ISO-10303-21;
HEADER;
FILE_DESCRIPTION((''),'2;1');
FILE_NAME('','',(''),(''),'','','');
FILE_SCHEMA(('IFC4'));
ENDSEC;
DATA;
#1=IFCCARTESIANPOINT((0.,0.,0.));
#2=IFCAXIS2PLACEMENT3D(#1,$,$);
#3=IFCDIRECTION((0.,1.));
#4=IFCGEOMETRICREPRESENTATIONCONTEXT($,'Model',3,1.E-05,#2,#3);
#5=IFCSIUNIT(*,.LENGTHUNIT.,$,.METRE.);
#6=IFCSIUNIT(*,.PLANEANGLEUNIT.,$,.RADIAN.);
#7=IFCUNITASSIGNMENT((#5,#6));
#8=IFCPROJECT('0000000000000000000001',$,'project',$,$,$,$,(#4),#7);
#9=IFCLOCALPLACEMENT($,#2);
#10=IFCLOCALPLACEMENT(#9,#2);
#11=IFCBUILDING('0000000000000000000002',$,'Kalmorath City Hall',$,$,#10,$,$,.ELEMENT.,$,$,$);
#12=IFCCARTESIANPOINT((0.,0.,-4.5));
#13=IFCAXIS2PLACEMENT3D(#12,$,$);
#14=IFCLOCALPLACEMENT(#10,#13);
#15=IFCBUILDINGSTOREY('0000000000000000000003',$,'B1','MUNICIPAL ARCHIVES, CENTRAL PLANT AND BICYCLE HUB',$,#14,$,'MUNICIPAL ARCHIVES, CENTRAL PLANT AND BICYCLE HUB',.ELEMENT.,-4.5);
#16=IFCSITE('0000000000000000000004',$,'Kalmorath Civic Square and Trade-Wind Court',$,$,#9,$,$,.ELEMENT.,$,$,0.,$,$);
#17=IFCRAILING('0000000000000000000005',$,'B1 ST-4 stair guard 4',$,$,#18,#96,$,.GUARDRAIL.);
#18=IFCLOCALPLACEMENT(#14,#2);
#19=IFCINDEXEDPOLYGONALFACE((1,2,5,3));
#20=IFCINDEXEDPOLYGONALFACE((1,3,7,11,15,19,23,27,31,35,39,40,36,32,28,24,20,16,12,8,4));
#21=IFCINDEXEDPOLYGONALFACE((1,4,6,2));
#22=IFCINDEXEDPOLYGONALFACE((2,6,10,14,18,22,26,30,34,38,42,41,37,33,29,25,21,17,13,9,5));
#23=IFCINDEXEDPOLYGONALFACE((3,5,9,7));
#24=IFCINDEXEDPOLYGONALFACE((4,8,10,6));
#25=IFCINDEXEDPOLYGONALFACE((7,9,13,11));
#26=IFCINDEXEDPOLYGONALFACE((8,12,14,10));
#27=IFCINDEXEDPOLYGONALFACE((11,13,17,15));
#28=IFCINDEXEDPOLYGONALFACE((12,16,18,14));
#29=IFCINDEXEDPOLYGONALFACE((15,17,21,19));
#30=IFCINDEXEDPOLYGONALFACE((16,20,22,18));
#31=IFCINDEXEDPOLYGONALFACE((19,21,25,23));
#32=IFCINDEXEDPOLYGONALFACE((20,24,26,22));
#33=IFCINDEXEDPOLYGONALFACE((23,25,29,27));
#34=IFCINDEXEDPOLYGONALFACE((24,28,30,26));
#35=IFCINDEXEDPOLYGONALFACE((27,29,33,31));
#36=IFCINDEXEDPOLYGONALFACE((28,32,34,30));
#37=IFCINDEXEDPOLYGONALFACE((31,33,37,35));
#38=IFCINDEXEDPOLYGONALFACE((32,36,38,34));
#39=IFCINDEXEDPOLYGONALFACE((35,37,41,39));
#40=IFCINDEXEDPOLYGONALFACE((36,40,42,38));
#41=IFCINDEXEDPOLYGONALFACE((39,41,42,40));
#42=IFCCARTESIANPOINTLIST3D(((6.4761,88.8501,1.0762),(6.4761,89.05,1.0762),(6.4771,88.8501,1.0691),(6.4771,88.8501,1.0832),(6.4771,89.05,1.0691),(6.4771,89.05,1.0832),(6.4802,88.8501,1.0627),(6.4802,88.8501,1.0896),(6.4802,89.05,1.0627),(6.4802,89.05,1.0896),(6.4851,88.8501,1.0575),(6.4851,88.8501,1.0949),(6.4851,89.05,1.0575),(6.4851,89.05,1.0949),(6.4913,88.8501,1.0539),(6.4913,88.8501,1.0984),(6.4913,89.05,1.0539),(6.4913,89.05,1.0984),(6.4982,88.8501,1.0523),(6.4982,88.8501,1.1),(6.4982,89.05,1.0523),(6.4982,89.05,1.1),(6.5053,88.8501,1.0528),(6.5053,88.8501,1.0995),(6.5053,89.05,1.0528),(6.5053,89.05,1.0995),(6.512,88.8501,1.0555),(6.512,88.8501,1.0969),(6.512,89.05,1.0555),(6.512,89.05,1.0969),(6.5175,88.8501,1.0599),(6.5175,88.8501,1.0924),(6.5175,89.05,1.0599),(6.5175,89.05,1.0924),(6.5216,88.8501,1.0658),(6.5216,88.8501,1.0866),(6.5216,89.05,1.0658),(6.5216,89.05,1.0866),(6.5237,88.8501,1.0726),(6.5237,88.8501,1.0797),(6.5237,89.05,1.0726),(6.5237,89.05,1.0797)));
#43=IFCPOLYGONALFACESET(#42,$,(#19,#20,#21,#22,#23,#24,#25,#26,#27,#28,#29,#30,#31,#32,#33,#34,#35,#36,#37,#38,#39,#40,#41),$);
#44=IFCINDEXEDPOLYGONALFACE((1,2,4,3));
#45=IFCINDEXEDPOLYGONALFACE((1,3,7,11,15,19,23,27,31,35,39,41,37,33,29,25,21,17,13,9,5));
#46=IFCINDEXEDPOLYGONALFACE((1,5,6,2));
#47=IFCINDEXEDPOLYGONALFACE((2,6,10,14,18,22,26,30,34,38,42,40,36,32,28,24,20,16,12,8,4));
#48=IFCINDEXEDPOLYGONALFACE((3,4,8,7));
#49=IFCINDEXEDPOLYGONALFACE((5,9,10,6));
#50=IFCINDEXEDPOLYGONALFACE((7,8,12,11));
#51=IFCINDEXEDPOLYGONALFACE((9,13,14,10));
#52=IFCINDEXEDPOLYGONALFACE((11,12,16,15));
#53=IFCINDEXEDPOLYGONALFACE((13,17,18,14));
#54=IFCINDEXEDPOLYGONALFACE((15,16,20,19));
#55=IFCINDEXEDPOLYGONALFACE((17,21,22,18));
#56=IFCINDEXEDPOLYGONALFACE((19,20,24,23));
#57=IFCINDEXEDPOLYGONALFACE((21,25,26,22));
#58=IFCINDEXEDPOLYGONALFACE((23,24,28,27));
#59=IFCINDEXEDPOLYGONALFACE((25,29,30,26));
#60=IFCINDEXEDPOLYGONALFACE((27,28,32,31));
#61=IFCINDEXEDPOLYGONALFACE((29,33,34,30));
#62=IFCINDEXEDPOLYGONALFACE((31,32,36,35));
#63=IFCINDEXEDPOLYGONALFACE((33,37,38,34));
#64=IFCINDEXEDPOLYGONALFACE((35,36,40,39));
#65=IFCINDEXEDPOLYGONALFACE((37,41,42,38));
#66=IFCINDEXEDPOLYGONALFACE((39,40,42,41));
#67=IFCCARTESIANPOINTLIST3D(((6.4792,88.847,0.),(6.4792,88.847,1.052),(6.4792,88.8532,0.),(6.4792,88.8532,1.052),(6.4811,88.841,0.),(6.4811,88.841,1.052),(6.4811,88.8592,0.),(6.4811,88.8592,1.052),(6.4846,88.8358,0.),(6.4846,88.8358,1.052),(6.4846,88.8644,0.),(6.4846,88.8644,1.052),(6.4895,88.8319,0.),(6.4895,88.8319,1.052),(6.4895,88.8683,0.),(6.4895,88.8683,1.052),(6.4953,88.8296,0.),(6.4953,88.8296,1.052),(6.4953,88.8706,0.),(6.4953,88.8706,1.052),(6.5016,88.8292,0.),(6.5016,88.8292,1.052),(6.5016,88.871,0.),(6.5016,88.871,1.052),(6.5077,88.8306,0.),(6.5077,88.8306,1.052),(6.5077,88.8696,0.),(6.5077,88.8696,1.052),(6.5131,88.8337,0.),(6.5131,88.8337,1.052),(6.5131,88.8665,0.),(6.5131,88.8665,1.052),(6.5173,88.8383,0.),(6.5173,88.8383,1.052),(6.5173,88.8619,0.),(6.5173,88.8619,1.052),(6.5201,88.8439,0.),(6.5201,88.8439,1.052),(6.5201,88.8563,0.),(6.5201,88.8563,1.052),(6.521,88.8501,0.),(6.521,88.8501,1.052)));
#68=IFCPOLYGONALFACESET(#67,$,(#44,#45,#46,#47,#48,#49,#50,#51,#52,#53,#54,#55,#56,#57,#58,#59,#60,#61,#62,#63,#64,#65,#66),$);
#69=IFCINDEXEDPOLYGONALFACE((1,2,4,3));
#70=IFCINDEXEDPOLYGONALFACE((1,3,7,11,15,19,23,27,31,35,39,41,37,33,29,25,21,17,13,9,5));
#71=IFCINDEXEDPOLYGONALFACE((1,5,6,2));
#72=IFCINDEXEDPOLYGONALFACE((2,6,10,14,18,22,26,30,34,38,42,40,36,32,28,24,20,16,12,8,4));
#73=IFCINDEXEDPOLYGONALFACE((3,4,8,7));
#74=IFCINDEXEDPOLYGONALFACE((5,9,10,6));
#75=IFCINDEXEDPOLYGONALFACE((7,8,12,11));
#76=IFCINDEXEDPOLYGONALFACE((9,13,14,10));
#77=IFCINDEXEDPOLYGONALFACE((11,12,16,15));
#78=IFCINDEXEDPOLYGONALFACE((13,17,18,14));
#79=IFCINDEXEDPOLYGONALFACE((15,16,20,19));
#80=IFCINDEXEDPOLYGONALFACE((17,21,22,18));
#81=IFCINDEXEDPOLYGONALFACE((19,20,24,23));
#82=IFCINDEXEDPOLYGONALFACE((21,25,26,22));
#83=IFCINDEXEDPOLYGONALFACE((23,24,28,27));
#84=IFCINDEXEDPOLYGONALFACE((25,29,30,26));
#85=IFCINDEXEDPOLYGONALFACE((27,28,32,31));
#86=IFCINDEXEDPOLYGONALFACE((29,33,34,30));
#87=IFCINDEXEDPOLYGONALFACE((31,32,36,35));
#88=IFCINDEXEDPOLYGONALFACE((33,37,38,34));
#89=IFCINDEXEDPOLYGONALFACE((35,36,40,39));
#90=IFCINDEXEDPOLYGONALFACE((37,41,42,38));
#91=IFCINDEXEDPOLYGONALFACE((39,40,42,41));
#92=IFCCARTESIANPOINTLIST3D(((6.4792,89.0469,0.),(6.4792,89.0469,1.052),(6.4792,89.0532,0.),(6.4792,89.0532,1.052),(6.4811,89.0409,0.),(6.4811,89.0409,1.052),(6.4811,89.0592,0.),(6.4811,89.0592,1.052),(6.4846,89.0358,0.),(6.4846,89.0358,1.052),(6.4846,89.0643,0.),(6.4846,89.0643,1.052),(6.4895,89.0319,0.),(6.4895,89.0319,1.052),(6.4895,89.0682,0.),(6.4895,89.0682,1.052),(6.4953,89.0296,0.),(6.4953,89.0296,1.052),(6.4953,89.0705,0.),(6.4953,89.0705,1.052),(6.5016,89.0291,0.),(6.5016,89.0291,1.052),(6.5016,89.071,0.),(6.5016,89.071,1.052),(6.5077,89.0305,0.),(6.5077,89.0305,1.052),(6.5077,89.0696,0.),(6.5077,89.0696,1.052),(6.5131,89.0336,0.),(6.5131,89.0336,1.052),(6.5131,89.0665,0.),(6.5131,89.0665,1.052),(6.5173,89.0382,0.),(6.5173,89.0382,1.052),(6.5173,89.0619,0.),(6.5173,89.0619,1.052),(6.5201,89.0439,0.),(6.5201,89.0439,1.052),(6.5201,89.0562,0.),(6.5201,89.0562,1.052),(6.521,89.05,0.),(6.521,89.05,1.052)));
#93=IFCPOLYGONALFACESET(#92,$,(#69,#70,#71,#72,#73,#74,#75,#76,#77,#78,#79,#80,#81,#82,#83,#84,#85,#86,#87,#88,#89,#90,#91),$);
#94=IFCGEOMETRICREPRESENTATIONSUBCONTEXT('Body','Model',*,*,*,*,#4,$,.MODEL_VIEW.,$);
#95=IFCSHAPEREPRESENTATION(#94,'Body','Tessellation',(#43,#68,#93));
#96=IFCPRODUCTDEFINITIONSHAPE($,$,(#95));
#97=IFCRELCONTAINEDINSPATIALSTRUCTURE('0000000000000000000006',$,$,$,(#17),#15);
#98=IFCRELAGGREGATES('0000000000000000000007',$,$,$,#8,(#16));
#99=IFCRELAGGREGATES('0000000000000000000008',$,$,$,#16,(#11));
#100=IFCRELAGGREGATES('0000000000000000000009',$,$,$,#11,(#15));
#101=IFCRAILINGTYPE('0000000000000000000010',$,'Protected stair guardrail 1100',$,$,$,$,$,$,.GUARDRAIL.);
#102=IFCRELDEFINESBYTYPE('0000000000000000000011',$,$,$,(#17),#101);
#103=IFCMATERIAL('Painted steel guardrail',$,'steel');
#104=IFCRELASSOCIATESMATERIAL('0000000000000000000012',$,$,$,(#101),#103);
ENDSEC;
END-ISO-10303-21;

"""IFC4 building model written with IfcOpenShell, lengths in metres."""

from ifc_helpers import new_model, si_unit, direction, frame, origin, origin_2d, place, context, subcontext, project, spatial, circle, extrude, material, type_object, element, save


model = new_model("IFC4")

# Units and contexts
model_context = context("Model", 3, precision=1e-05, world=origin(), true_north=direction((0.0, 1.0)))
body_context = subcontext(model_context, "Body", "Model", "MODEL_VIEW")
ifc_project = project(units=[si_unit("LENGTHUNIT", "METRE"), si_unit("PLANEANGLEUNIT", "RADIAN")], contexts=[model_context])

# Site, building, storey
site_placement = place(None, origin())
site = spatial("IfcSite", under=ifc_project, at=site_placement, Name="Kalmorath Civic Square and Trade-Wind Court", CompositionType="ELEMENT", RefElevation=0.0)
building_placement = place(site_placement, origin())
building = spatial("IfcBuilding", under=site, at=building_placement, Name="Kalmorath City Hall", CompositionType="ELEMENT")
storey_placement = place(building_placement, frame((0.0, 0.0, -4.5)))
storey = spatial("IfcBuildingStorey", under=building, at=storey_placement, Name="B1", Description="MUNICIPAL ARCHIVES, CENTRAL PLANT AND BICYCLE HUB", LongName="MUNICIPAL ARCHIVES, CENTRAL PLANT AND BICYCLE HUB", CompositionType="ELEMENT", Elevation=-4.5)

# Railing
ifc_material_1 = material(Name="Painted steel guardrail", Category="steel")
railing_type_1 = type_object("IfcRailingType", Name="Protected stair guardrail 1100", PredefinedType="GUARDRAIL", material=ifc_material_1)
railing_1_placement = place(storey_placement, frame((6.5, 88.8501, 0.0)))
element("IfcRailing", 1, at=railing_1_placement, inside=storey, type_object=railing_type_1, Name="B1 ST-4 stair guard 4", PredefinedType="GUARDRAIL", context=body_context, shape_type="SweptSolid", body=[
    extrude(circle(Radius=0.0239, at=origin_2d()), frame((0.0, 0.0, 1.0762), z_axis=(0.0, 1.0, 0.0), x_axis=(-1.0, 0.0, 0.0)), (0.0, 0.0, 1.0), 0.2),
    extrude(circle(Radius=0.021, at=origin_2d()), origin(), (0.0, 0.0, 1.0), 1.052),
    extrude(circle(Radius=0.021, at=origin_2d()), frame((0.0, 0.2, 0.0)), (0.0, 0.0, 1.0), 1.052),
])

save(model, "model.ifc")
